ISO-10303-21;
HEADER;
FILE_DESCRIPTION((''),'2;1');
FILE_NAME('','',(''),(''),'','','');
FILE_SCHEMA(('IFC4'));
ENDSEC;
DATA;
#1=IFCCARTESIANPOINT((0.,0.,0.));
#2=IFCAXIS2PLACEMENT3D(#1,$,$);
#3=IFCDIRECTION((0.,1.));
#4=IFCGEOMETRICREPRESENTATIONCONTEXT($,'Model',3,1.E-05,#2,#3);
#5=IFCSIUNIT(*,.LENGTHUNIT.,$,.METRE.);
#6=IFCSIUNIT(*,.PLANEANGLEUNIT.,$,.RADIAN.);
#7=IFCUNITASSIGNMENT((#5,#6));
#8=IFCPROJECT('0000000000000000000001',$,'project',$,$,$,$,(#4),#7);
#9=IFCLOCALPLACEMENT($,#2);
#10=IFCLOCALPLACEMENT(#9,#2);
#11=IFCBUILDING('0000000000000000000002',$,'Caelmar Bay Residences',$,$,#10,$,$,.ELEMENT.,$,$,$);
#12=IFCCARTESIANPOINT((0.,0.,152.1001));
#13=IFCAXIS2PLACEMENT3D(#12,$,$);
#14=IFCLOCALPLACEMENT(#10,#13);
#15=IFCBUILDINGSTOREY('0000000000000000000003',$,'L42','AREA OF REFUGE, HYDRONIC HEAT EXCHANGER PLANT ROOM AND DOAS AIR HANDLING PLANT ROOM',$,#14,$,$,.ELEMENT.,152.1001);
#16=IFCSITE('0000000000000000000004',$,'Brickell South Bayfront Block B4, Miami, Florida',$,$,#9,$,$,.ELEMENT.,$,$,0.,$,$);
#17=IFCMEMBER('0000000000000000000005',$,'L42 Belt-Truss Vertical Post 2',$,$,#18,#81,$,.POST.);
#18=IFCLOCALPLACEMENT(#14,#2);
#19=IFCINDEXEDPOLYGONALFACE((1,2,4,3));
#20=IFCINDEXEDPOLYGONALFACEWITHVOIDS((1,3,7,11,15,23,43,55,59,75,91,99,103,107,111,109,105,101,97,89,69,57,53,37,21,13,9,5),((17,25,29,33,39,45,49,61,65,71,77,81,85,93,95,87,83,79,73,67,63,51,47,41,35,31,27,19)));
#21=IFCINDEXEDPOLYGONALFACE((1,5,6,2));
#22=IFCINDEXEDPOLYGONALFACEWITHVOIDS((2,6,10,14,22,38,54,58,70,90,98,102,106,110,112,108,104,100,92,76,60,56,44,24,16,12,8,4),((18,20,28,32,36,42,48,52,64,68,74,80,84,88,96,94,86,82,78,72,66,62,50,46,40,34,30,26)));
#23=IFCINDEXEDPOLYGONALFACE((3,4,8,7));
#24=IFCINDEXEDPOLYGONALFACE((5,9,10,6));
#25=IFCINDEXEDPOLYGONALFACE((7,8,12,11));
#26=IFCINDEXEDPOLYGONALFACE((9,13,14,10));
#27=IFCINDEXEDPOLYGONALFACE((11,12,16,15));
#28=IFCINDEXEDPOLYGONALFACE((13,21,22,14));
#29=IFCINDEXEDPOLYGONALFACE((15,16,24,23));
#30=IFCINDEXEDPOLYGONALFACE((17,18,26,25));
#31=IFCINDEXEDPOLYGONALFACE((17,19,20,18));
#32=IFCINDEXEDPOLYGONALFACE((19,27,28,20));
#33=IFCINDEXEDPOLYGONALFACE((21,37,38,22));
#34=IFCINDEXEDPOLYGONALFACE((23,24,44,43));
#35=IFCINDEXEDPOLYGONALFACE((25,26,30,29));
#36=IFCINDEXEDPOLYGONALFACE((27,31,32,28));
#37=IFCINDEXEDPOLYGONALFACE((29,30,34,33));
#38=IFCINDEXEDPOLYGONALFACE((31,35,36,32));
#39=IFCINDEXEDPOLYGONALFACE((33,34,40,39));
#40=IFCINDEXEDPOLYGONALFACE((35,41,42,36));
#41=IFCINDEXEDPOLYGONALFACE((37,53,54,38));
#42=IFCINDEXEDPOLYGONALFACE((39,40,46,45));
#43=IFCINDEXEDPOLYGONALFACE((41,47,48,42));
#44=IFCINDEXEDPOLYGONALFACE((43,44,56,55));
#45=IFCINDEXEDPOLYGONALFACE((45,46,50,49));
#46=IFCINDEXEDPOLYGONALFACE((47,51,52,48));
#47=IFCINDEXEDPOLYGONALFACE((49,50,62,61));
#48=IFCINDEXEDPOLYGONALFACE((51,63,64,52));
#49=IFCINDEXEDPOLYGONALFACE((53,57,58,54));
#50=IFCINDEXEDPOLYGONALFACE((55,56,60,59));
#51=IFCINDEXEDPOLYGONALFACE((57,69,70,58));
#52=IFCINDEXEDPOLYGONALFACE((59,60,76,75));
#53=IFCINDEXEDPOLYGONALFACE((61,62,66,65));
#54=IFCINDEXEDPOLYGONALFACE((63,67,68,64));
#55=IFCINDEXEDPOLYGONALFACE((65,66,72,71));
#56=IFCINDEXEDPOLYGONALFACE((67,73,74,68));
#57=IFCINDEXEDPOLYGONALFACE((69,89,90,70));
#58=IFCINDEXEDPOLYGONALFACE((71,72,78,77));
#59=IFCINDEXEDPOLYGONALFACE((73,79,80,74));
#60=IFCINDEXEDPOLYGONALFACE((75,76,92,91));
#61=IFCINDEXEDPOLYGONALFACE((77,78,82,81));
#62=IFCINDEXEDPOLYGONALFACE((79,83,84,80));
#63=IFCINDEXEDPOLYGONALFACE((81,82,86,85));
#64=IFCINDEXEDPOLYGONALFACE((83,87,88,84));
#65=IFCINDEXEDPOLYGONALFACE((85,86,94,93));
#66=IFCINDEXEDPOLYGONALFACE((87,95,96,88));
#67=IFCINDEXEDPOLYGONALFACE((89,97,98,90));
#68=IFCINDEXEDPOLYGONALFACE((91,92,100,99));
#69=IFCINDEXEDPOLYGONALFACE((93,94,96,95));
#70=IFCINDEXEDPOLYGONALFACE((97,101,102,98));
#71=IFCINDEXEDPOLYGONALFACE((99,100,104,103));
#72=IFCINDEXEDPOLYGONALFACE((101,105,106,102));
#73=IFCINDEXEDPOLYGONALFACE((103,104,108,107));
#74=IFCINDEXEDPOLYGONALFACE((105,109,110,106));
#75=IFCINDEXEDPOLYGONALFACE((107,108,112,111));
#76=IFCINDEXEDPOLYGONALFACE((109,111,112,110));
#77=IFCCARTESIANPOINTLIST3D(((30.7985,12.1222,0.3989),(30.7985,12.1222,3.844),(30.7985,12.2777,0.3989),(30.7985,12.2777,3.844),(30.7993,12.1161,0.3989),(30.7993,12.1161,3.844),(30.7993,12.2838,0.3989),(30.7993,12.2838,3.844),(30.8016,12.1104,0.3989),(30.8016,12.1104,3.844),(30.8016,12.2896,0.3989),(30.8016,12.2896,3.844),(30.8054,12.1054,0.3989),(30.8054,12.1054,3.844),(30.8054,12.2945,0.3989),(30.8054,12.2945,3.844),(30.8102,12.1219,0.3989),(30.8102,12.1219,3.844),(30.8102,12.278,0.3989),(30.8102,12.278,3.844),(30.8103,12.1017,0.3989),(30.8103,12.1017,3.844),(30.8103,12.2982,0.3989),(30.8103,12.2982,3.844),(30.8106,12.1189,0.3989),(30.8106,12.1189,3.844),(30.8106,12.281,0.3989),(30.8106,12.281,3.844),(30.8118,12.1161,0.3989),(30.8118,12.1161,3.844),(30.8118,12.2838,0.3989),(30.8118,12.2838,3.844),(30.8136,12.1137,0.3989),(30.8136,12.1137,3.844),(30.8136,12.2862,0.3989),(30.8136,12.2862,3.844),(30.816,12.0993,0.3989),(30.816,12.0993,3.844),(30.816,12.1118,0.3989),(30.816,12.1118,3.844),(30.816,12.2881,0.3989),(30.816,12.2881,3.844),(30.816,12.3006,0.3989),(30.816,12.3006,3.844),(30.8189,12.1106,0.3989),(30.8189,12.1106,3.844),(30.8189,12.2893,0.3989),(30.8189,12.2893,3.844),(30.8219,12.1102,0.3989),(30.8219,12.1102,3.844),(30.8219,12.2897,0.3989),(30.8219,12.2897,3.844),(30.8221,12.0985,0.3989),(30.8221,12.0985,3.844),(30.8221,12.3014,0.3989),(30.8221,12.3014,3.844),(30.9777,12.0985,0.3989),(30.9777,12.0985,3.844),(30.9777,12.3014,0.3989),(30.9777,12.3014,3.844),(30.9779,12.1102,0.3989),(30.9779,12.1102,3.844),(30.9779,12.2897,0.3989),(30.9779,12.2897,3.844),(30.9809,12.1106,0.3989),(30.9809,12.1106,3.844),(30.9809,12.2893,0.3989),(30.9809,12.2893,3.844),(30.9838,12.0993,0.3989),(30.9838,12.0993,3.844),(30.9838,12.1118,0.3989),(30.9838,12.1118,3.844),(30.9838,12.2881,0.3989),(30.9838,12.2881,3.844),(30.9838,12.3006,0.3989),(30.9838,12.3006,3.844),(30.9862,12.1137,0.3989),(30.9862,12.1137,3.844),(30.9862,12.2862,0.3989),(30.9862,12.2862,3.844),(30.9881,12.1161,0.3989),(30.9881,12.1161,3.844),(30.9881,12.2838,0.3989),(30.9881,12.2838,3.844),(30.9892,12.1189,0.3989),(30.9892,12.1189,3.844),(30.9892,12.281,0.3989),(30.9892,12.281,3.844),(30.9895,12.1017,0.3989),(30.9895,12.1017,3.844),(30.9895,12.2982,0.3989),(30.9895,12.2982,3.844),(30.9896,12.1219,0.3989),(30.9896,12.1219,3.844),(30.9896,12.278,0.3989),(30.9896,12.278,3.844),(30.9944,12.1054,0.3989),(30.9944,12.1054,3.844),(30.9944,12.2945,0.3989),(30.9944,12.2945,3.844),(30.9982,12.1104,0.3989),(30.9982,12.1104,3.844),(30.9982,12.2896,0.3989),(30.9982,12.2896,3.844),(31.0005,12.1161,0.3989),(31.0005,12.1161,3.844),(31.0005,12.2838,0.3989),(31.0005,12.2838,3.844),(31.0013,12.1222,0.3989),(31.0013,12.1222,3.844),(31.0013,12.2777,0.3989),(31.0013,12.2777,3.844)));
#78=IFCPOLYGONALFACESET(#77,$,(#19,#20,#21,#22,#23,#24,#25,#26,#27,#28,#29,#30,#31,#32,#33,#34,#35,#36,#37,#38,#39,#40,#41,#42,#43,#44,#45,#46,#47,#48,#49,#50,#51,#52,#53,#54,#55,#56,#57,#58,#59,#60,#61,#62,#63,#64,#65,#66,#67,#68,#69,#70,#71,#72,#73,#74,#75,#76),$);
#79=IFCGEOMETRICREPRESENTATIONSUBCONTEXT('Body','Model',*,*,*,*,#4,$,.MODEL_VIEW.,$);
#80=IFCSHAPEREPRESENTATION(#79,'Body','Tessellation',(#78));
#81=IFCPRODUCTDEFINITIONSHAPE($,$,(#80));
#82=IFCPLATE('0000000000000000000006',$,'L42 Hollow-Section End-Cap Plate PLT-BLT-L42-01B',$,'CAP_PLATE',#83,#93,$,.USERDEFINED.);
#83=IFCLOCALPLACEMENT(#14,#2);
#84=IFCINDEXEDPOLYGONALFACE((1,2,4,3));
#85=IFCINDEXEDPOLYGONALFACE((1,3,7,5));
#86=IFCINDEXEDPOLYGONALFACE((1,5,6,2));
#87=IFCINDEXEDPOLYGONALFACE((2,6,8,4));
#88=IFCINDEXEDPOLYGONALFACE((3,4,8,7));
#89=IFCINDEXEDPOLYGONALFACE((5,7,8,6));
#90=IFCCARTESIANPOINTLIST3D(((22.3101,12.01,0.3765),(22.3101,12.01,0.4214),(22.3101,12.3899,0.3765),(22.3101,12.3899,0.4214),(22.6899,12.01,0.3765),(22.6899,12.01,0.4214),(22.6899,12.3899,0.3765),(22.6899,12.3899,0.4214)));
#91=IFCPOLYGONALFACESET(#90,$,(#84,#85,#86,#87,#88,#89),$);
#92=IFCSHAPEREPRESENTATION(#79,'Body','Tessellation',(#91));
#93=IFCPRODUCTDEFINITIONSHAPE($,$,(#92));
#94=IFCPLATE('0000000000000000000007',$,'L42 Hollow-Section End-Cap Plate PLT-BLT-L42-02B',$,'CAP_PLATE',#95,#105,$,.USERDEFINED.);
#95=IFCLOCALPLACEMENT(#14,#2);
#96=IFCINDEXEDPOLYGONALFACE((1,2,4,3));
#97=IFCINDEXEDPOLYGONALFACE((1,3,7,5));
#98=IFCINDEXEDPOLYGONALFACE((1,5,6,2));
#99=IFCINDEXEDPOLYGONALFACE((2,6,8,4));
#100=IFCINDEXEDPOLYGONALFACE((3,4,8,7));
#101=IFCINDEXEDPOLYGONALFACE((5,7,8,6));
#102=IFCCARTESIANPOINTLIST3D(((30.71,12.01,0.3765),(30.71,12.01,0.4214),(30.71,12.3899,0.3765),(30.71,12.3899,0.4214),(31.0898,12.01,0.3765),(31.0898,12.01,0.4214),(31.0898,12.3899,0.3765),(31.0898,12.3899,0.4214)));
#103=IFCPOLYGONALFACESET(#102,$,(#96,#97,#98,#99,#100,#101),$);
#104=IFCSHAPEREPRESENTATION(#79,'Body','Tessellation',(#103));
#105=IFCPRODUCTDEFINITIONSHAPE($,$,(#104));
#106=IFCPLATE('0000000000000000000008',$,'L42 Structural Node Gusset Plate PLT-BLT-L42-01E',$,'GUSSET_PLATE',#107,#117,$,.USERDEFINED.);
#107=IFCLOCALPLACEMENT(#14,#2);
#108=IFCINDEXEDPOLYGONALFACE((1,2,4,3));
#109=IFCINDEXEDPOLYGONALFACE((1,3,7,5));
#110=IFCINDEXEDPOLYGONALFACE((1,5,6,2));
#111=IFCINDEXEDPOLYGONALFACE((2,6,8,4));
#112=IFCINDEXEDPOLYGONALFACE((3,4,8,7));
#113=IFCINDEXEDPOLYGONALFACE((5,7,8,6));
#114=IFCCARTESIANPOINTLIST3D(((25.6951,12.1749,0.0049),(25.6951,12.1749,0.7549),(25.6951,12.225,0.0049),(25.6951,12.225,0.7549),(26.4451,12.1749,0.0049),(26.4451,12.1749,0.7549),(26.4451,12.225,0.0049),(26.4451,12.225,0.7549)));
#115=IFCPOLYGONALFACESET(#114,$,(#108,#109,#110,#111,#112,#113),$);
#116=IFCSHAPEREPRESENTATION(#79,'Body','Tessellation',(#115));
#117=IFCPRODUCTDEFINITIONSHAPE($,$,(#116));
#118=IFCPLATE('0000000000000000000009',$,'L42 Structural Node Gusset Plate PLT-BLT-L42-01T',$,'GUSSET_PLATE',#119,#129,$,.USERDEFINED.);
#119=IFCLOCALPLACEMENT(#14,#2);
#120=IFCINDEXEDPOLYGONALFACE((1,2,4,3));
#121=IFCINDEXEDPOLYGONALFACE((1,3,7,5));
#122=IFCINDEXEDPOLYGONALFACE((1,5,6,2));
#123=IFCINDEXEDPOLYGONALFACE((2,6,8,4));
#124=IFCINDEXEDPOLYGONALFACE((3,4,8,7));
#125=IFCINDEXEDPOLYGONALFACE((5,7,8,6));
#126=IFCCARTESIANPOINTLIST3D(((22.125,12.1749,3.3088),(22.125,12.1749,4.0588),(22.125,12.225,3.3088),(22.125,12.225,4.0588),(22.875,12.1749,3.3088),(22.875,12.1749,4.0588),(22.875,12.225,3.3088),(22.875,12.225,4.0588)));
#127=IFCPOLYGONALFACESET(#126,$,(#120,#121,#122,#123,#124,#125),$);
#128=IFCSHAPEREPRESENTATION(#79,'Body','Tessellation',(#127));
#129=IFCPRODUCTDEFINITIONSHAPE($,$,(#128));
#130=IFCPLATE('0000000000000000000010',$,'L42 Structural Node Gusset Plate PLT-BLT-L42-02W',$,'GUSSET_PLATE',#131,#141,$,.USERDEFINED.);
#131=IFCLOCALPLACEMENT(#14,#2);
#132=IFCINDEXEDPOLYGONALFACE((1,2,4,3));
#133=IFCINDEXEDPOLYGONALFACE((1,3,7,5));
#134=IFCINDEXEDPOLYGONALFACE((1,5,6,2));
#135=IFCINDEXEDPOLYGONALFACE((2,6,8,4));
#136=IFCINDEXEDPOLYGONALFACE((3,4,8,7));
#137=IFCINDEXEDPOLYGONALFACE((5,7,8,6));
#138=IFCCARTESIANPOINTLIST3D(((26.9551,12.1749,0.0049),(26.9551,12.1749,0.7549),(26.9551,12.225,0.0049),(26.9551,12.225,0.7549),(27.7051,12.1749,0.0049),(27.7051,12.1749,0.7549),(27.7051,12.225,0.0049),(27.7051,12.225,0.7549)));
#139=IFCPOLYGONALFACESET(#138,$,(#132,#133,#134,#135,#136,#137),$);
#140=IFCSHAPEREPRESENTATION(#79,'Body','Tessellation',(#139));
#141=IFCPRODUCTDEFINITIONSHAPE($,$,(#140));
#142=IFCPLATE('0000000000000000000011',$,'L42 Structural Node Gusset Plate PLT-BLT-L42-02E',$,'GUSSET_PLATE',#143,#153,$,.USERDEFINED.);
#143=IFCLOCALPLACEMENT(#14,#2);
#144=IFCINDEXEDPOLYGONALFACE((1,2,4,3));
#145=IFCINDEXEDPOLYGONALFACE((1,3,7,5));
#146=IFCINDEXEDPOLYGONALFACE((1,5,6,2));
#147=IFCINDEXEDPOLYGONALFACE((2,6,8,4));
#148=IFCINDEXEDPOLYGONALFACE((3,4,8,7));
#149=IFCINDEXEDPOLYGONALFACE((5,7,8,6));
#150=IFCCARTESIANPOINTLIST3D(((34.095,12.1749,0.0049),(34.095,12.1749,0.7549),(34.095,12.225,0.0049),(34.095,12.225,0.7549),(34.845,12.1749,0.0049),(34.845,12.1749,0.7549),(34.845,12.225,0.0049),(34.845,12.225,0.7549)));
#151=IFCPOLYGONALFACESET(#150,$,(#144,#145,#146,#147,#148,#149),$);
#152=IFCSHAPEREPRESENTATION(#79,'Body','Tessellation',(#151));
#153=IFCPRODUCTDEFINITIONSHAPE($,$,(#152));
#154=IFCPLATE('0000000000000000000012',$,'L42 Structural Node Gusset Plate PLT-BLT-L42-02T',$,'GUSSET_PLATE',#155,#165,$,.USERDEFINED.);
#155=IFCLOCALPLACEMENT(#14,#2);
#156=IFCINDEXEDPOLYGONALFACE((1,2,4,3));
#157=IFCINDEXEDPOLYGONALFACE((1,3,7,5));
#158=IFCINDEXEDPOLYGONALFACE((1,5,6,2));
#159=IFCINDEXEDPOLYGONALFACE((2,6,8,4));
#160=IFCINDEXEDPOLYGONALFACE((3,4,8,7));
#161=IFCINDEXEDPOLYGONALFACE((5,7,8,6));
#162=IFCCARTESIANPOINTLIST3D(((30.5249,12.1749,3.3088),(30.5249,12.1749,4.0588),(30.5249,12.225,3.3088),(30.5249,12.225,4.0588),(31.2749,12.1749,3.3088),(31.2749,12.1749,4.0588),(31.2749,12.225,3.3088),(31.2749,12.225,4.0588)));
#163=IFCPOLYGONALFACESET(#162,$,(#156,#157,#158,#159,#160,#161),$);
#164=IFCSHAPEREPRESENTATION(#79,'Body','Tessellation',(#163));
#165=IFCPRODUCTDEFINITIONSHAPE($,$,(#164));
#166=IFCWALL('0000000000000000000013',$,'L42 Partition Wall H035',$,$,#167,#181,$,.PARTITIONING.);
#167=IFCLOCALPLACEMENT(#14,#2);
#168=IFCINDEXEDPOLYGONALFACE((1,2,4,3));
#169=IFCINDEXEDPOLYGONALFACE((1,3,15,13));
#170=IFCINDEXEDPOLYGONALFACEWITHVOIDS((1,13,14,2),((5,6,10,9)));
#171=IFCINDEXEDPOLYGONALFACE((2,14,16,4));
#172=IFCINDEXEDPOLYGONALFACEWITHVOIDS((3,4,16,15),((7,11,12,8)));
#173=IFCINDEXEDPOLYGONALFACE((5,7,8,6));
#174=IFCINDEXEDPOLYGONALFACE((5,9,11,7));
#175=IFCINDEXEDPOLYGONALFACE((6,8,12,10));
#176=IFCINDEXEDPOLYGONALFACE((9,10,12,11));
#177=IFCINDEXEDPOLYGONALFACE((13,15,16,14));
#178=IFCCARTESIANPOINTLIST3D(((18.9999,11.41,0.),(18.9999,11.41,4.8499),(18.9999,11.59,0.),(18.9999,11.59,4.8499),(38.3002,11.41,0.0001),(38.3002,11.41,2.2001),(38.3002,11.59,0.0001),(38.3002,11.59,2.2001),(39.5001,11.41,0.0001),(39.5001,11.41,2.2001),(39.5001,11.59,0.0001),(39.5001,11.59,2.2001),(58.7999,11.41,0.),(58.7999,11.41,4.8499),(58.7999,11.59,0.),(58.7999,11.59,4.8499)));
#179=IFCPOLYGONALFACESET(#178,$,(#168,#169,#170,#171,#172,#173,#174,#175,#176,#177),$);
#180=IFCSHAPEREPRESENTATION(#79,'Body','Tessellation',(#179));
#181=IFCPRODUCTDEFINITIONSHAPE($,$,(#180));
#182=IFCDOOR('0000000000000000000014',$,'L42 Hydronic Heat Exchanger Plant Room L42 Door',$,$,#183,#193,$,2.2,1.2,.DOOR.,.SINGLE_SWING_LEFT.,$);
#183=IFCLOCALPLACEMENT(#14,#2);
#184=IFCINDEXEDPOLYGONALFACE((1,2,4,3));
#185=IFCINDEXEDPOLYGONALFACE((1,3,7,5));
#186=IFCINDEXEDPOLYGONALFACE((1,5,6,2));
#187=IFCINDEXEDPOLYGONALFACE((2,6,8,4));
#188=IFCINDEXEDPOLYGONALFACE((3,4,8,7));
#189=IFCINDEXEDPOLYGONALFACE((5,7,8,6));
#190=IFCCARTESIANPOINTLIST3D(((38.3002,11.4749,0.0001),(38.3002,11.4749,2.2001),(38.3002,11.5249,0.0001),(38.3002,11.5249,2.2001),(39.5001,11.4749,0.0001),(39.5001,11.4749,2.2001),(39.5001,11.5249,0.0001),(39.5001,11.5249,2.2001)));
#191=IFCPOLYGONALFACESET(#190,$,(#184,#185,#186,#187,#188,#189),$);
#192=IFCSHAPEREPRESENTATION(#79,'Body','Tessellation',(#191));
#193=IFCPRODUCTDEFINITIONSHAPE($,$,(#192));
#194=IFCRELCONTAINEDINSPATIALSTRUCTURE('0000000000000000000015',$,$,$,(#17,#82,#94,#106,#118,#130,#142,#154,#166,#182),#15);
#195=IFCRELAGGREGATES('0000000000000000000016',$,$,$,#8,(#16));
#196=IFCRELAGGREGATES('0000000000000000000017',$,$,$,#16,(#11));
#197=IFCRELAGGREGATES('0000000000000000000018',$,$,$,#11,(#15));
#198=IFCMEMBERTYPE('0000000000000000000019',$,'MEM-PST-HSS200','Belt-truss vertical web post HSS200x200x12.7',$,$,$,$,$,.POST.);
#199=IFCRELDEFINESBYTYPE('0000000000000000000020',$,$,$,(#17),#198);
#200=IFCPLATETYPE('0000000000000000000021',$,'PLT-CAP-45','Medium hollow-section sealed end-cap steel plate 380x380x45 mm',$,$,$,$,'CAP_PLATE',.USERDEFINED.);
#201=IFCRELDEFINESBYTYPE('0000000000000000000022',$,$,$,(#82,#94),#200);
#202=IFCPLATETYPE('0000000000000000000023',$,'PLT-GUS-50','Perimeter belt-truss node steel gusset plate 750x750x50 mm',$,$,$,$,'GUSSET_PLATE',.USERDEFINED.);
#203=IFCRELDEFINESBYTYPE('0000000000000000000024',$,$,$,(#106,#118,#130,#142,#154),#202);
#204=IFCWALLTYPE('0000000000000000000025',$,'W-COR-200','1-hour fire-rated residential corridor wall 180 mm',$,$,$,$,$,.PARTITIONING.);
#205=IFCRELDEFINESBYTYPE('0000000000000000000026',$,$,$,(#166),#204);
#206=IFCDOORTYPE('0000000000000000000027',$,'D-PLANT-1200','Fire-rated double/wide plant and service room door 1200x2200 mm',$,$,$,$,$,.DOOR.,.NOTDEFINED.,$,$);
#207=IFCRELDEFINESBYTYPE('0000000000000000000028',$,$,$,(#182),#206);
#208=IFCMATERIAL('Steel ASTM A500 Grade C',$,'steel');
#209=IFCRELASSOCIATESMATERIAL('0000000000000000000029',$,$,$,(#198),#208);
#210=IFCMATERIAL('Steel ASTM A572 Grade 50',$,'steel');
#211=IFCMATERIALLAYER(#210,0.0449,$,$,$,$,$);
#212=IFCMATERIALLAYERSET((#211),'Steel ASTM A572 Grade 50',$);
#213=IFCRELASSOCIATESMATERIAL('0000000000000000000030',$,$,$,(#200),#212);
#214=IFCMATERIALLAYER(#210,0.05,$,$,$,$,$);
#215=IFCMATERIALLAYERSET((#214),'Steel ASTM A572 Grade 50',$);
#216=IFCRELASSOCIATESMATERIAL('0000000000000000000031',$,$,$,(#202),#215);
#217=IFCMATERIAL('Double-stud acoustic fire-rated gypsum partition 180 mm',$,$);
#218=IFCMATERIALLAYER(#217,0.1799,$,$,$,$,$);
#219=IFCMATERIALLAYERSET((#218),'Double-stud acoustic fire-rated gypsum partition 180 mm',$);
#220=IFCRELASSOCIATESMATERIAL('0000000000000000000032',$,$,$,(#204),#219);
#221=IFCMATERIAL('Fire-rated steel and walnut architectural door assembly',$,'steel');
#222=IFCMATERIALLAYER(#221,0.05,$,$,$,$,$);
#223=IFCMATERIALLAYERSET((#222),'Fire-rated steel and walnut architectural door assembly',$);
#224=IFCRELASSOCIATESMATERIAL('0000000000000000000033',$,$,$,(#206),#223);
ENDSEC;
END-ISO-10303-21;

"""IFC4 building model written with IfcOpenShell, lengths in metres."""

from ifc_helpers import new_model, si_unit, direction, frame, frame_2d, origin, origin_2d, place, context, subcontext, project, spatial, rectangle, hollow_rectangle, extrude, material, layer, layer_set, material_profile, profile_set, type_object, element, fill, save


model = new_model("IFC4")

# Units and contexts
model_context = context("Model", 3, precision=1e-05, world=origin(), true_north=direction((0.0, 1.0)))
body_context = subcontext(model_context, "Body", "Model", "MODEL_VIEW")
ifc_project = project(units=[si_unit("LENGTHUNIT", "METRE"), si_unit("PLANEANGLEUNIT", "RADIAN")], contexts=[model_context])

# Site, building, storey
site_placement = place(None, origin())
site = spatial("IfcSite", under=ifc_project, at=site_placement, Name="Brickell South Bayfront Block B4, Miami, Florida", CompositionType="ELEMENT", RefElevation=0.0)
building_placement = place(site_placement, origin())
building = spatial("IfcBuilding", under=site, at=building_placement, Name="Caelmar Bay Residences", CompositionType="ELEMENT")
storey_placement = place(building_placement, frame((0.0, 0.0, 152.1001)))
storey = spatial("IfcBuildingStorey", under=building, at=storey_placement, Name="L42", Description="AREA OF REFUGE, HYDRONIC HEAT EXCHANGER PLANT ROOM AND DOAS AIR HANDLING PLANT ROOM", CompositionType="ELEMENT", Elevation=152.1001)

# Member
ifc_material_1 = material(Name="Steel ASTM A500 Grade C", Category="steel")
ifc_material_profile_1 = material_profile(ifc_material_1, hollow_rectangle(XDim=0.2029, YDim=0.2029, WallThickness=0.0117, InnerFilletRadius=0.0117, OuterFilletRadius=0.0237, at=origin_2d()), Name="HSS200X200X12.7")
ifc_profile_set_1 = profile_set([ifc_material_profile_1], Name="Steel ASTM A500 Grade C")
member_type_1 = type_object("IfcMemberType", Name="MEM-PST-HSS200", Description="Belt-truss vertical web post HSS200x200x12.7", PredefinedType="POST", material=ifc_profile_set_1)
for number, where, z_axis, x_axis, name in (
    (1, (30.8999, 12.2, 0.3989), (0.0, 0.0, 1.0), (1.0, 0.0, 0.0), "L42 Belt-Truss Vertical Post 2"),
):
    element("IfcMember", number, at=place(storey_placement, frame(where, z_axis=z_axis, x_axis=x_axis)), inside=storey, type_object=member_type_1, Name=name, PredefinedType="POST", context=body_context, shape_type="SweptSolid", body=[
        extrude(hollow_rectangle(XDim=0.2029, YDim=0.2029, WallThickness=0.0117, InnerFilletRadius=0.0117, OuterFilletRadius=0.0237, at=origin_2d()), origin(), (0.0, 0.0, 1.0), 3.4451),
    ])

# Plates
ifc_material_2 = material(Name="Steel ASTM A572 Grade 50", Category="steel")
ifc_layer_1 = layer(ifc_material_2, 0.0449)
ifc_layer_set_1 = layer_set([ifc_layer_1], Name="Steel ASTM A572 Grade 50")
plate_type_1 = type_object("IfcPlateType", Name="PLT-CAP-45", Description="Medium hollow-section sealed end-cap steel plate 380x380x45 mm", ElementType="CAP_PLATE", PredefinedType="USERDEFINED", material=ifc_layer_set_1)
for number, where, z_axis, x_axis, name in (
    (2, (22.5, 12.2, 0.3765), (0.0, 0.0, 1.0), (1.0, 0.0, 0.0), "L42 Hollow-Section End-Cap Plate PLT-BLT-L42-01B"),
    (3, (30.8999, 12.2, 0.3765), (0.0, 0.0, 1.0), (1.0, 0.0, 0.0), "L42 Hollow-Section End-Cap Plate PLT-BLT-L42-02B"),
):
    element("IfcPlate", number, at=place(storey_placement, frame(where, z_axis=z_axis, x_axis=x_axis)), inside=storey, type_object=plate_type_1, Name=name, ObjectType="CAP_PLATE", PredefinedType="USERDEFINED", context=body_context, shape_type="SweptSolid", body=[
        extrude(rectangle(XDim=0.3799, YDim=0.3799, at=origin_2d()), origin(), (0.0, 0.0, 1.0), 0.0449),
    ])
ifc_layer_2 = layer(ifc_material_2, 0.05)
ifc_layer_set_2 = layer_set([ifc_layer_2], Name="Steel ASTM A572 Grade 50")
plate_type_2 = type_object("IfcPlateType", Name="PLT-GUS-50", Description="Perimeter belt-truss node steel gusset plate 750x750x50 mm", ElementType="GUSSET_PLATE", PredefinedType="USERDEFINED", material=ifc_layer_set_2)
for number, where, z_axis, x_axis, name in (
    (4, (26.0701, 12.2, 0.0049), (0.0, 0.0, 1.0), (1.0, 0.0, 0.0), "L42 Structural Node Gusset Plate PLT-BLT-L42-01E"),
    (5, (22.5, 12.2, 3.3088), (0.0, 0.0, 1.0), (1.0, 0.0, 0.0), "L42 Structural Node Gusset Plate PLT-BLT-L42-01T"),
    (6, (27.3301, 12.2, 0.0049), (0.0, 0.0, 1.0), (1.0, 0.0, 0.0), "L42 Structural Node Gusset Plate PLT-BLT-L42-02W"),
    (7, (34.47, 12.2, 0.0049), (0.0, 0.0, 1.0), (1.0, 0.0, 0.0), "L42 Structural Node Gusset Plate PLT-BLT-L42-02E"),
    (8, (30.8999, 12.2, 3.3088), (0.0, 0.0, 1.0), (1.0, 0.0, 0.0), "L42 Structural Node Gusset Plate PLT-BLT-L42-02T"),
):
    element("IfcPlate", number, at=place(storey_placement, frame(where, z_axis=z_axis, x_axis=x_axis)), inside=storey, type_object=plate_type_2, Name=name, ObjectType="GUSSET_PLATE", PredefinedType="USERDEFINED", context=body_context, shape_type="SweptSolid", body=[
        extrude(rectangle(XDim=0.75, YDim=0.05, at=origin_2d()), origin(), (0.0, 0.0, 1.0), 0.75),
    ])

# Wall, opening, door
ifc_material_3 = material(Name="Double-stud acoustic fire-rated gypsum partition 180 mm")
ifc_layer_3 = layer(ifc_material_3, 0.1799)
ifc_layer_set_3 = layer_set([ifc_layer_3], Name="Double-stud acoustic fire-rated gypsum partition 180 mm")
wall_type_1 = type_object("IfcWallType", Name="W-COR-200", Description="1-hour fire-rated residential corridor wall 180 mm", PredefinedType="PARTITIONING", material=ifc_layer_set_3)
wall_1_placement = place(storey_placement, frame((19.0, 11.5, 0.0), z_axis=(0.0, 0.0, 1.0), x_axis=(1.0, 0.0, 0.0)))
wall_1 = element("IfcWall", 9, at=wall_1_placement, inside=storey, type_object=wall_type_1, Name="L42 Partition Wall H035", PredefinedType="PARTITIONING", context=body_context, shape_type="SweptSolid", body=[
    extrude(rectangle(XDim=39.8, YDim=0.1799, at=frame_2d((19.8999, 0.0))), origin(), (0.0, 0.0, 1.0), 4.8499),
])
opening_placement = place(wall_1_placement, frame((19.3, 0.0, 0.0)))
opening = element("IfcOpeningElement", 10, at=opening_placement, cuts=wall_1, PredefinedType="OPENING", context=body_context, shape_type="SweptSolid", body=[
    extrude(rectangle(XDim=1.2, YDim=2.2, at=frame_2d((0.6001, 1.1001))), frame((0.0, 0.0999, 0.0), z_axis=(0.0, -1.0, 0.0), x_axis=(1.0, 0.0, 0.0)), (0.0, 0.0, 1.0), 0.2),
])
ifc_material_4 = material(Name="Fire-rated steel and walnut architectural door assembly", Category="steel")
ifc_layer_4 = layer(ifc_material_4, 0.05)
ifc_layer_set_4 = layer_set([ifc_layer_4], Name="Fire-rated steel and walnut architectural door assembly")
door_type = type_object("IfcDoorType", Name="D-PLANT-1200", Description="Fire-rated double/wide plant and service room door 1200x2200 mm", OperationType="NOTDEFINED", PredefinedType="DOOR", material=ifc_layer_set_4)
door_placement = place(opening_placement, origin())
door = element("IfcDoor", 11, at=door_placement, inside=storey, type_object=door_type, Name="L42 Hydronic Heat Exchanger Plant Room L42 Door", OperationType="SINGLE_SWING_LEFT", OverallHeight=2.2, OverallWidth=1.2, PredefinedType="DOOR", context=body_context, shape_type="SweptSolid", body=[
    extrude(rectangle(XDim=1.2, YDim=2.2, at=frame_2d((0.6001, 1.1001))), frame((0.0, 0.0249, 0.0), z_axis=(0.0, -1.0, 0.0), x_axis=(1.0, 0.0, 0.0)), (0.0, 0.0, 1.0), 0.05),
])
fill(opening, door)

save(model, "model.ifc")
